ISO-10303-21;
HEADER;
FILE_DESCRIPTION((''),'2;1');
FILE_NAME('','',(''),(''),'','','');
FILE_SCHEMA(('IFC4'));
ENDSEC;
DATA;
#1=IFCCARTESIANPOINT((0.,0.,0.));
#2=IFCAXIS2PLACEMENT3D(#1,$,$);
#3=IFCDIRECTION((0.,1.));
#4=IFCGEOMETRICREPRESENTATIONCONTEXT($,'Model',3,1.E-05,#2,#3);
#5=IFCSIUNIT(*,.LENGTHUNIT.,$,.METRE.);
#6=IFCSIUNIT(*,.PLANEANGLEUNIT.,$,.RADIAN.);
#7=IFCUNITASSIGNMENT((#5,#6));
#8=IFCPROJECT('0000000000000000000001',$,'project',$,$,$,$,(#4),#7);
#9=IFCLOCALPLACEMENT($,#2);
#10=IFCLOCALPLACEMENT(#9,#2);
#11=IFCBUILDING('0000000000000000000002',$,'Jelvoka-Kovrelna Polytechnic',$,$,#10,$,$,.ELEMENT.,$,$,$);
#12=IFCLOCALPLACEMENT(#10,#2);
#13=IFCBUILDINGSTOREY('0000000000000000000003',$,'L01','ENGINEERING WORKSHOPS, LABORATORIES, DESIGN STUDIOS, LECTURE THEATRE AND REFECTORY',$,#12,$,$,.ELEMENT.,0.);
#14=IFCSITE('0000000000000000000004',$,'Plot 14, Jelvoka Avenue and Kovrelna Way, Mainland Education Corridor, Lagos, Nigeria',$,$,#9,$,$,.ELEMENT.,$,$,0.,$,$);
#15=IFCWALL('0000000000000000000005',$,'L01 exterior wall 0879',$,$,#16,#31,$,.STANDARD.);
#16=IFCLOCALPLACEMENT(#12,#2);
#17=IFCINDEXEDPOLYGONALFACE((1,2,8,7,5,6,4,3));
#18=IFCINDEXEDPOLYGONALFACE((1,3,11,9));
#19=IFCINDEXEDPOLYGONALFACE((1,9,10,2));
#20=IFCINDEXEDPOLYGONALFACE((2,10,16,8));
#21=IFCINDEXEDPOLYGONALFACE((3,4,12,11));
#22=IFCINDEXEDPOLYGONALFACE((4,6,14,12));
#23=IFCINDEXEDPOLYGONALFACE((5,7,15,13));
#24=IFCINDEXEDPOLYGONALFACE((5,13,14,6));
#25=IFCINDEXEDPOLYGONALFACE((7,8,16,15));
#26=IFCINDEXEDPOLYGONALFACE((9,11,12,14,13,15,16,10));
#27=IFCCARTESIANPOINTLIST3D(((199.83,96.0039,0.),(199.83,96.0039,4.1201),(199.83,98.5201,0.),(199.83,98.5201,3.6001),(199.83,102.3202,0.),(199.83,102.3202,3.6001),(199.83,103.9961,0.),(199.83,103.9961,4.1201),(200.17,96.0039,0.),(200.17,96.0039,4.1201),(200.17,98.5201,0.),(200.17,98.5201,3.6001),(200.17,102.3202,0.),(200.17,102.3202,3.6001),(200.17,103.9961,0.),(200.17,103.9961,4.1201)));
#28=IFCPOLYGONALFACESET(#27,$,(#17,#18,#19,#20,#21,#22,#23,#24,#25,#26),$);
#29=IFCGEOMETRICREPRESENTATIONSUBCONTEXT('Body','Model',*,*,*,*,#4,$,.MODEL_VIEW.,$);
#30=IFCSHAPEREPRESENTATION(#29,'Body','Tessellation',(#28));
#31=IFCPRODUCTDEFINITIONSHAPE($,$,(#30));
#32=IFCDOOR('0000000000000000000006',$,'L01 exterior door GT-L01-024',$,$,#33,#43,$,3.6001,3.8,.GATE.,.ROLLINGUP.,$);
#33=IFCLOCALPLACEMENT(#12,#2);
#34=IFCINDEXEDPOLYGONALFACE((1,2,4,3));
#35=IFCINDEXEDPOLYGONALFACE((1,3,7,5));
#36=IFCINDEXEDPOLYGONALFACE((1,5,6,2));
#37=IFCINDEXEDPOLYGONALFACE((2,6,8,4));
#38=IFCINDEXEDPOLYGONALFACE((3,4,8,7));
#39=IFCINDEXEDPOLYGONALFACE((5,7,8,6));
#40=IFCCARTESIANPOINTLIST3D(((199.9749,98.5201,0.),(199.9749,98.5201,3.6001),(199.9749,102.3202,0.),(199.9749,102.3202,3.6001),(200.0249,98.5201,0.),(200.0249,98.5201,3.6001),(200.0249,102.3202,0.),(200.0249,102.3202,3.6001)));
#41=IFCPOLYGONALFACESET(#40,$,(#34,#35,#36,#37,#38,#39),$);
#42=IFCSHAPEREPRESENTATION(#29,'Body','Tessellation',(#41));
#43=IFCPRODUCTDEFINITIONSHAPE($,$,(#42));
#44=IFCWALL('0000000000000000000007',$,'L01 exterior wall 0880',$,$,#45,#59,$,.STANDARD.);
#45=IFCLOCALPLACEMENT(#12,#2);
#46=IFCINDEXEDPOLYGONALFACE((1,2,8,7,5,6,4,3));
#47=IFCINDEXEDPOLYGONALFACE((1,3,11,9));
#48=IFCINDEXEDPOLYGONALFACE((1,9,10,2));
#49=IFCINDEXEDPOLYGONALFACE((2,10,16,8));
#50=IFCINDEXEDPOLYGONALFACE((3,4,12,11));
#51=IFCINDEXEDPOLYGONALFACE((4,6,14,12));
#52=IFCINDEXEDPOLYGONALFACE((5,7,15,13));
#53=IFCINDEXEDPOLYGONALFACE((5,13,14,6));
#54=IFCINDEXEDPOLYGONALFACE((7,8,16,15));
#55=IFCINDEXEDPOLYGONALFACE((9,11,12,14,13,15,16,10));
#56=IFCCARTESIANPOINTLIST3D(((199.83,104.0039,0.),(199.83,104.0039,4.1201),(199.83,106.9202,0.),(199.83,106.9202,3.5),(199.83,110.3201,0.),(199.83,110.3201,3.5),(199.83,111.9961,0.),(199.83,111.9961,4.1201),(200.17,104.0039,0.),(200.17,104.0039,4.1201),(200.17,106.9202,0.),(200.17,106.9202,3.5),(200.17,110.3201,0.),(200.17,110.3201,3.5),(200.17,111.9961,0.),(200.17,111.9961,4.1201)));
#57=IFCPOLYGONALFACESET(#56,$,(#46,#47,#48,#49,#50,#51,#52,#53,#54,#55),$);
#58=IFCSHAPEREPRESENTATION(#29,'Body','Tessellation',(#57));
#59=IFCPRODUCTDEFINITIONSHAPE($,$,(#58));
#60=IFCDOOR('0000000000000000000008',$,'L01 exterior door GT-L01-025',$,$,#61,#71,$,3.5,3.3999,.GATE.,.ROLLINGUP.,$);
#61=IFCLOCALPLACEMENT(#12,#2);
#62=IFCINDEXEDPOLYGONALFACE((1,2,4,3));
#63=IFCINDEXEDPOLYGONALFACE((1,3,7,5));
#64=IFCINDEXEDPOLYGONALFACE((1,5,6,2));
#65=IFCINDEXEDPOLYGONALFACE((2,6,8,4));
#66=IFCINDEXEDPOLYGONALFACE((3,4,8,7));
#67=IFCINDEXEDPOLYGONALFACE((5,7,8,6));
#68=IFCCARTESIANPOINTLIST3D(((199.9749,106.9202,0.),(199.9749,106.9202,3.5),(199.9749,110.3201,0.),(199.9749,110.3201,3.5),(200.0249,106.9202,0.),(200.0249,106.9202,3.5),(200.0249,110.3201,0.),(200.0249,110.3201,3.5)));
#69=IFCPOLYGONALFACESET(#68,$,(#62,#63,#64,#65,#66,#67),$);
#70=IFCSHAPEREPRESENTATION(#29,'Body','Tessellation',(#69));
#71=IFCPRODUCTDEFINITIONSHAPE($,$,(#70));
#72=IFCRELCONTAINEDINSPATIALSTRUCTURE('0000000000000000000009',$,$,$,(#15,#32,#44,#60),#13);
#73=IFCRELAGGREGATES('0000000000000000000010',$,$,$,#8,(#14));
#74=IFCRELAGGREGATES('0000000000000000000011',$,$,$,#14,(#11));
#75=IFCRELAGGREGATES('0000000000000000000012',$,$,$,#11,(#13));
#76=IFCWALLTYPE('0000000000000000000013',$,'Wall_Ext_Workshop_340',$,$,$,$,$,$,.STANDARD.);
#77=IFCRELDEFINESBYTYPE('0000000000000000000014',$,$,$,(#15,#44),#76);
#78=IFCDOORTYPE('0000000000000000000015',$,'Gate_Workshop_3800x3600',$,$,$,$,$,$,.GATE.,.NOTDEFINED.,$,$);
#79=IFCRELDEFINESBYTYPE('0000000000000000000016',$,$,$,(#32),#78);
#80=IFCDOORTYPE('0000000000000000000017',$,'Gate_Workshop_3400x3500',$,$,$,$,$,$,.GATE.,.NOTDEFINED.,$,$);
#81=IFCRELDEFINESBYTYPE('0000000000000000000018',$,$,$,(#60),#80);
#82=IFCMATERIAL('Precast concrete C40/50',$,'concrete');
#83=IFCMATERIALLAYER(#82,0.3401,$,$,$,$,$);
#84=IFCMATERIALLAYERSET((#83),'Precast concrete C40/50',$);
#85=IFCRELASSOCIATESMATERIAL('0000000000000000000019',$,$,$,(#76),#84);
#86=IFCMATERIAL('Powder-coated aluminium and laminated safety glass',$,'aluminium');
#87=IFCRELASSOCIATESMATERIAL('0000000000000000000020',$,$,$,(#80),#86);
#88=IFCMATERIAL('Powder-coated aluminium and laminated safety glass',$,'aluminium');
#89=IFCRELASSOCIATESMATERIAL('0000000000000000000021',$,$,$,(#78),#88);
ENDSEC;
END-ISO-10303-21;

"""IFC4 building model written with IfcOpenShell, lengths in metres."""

from ifc_helpers import new_model, si_unit, direction, frame, frame_2d, origin, place, context, subcontext, project, spatial, rectangle, extrude, material, layer, layer_set, type_object, element, fill, save


model = new_model("IFC4")

# Units and contexts
model_context = context("Model", 3, precision=1e-05, world=origin(), true_north=direction((0.0, 1.0)))
body_context = subcontext(model_context, "Body", "Model", "MODEL_VIEW")
ifc_project = project(units=[si_unit("LENGTHUNIT", "METRE"), si_unit("PLANEANGLEUNIT", "RADIAN")], contexts=[model_context])

# Site, building, storey
site_placement = place(None, origin())
site = spatial("IfcSite", under=ifc_project, at=site_placement, Name="Plot 14, Jelvoka Avenue and Kovrelna Way, Mainland Education Corridor, Lagos, Nigeria", CompositionType="ELEMENT", RefElevation=0.0)
building_placement = place(site_placement, origin())
building = spatial("IfcBuilding", under=site, at=building_placement, Name="Jelvoka-Kovrelna Polytechnic", CompositionType="ELEMENT")
storey_placement = place(building_placement, origin())
storey = spatial("IfcBuildingStorey", under=building, at=storey_placement, Name="L01", Description="ENGINEERING WORKSHOPS, LABORATORIES, DESIGN STUDIOS, LECTURE THEATRE AND REFECTORY", CompositionType="ELEMENT", Elevation=0.0)

# Shared definitions
ifc_material_1 = material(Name="Precast concrete C40/50", Category="concrete")
ifc_layer = layer(ifc_material_1, 0.3401)
ifc_layer_set = layer_set([ifc_layer], Name="Precast concrete C40/50")
wall_type = type_object("IfcWallType", Name="Wall_Ext_Workshop_340", PredefinedType="STANDARD", material=ifc_layer_set)

# Walls, openings, doors
ifc_material_2 = material(Name="Powder-coated aluminium and laminated safety glass", Category="aluminium")
door_type_1 = type_object("IfcDoorType", Name="Gate_Workshop_3400x3500", OperationType="NOTDEFINED", PredefinedType="GATE", material=ifc_material_2)
wall_1_placement = place(storey_placement, frame((200.0, 103.9961, 0.0), z_axis=(0.0, 0.0, 1.0), x_axis=(0.0, -1.0, 0.0)))
wall_1 = element("IfcWall", 1, at=wall_1_placement, inside=storey, type_object=wall_type, Name="L01 exterior wall 0879", PredefinedType="STANDARD", context=body_context, shape_type="SweptSolid", body=[
    extrude(rectangle(XDim=7.9922, YDim=0.3401, at=frame_2d((3.9961, 0.0))), origin(), (0.0, 0.0, 1.0), 4.1201),
])
opening_1_placement = place(wall_1_placement, frame((1.676, 0.0, 0.0)))
opening_1 = element("IfcOpeningElement", 2, at=opening_1_placement, cuts=wall_1, PredefinedType="OPENING", context=body_context, shape_type="SweptSolid", body=[
    extrude(rectangle(XDim=3.8, YDim=3.6001, at=frame_2d((1.8999, 1.8))), frame((0.0, 0.1799, 0.0), z_axis=(0.0, -1.0, 0.0), x_axis=(1.0, 0.0, 0.0)), (0.0, 0.0, 1.0), 0.3601),
])
ifc_material_3 = material(Name="Powder-coated aluminium and laminated safety glass", Category="aluminium")
door_type_2 = type_object("IfcDoorType", Name="Gate_Workshop_3800x3600", OperationType="NOTDEFINED", PredefinedType="GATE", material=ifc_material_3)
door_1_placement = place(opening_1_placement, origin())
door_1 = element("IfcDoor", 3, at=door_1_placement, inside=storey, type_object=door_type_2, Name="L01 exterior door GT-L01-024", OperationType="ROLLINGUP", OverallHeight=3.6001, OverallWidth=3.8, PredefinedType="GATE", context=body_context, shape_type="SweptSolid", body=[
    extrude(rectangle(XDim=3.8, YDim=3.6001, at=frame_2d((1.8999, 1.8))), frame((0.0, 0.0249, 0.0), z_axis=(0.0, -1.0, 0.0), x_axis=(1.0, 0.0, 0.0)), (0.0, 0.0, 1.0), 0.05),
])
fill(opening_1, door_1)
wall_2_placement = place(storey_placement, frame((200.0, 111.9961, 0.0), z_axis=(0.0, 0.0, 1.0), x_axis=(0.0, -1.0, 0.0)))
wall_2 = element("IfcWall", 4, at=wall_2_placement, inside=storey, type_object=wall_type, Name="L01 exterior wall 0880", PredefinedType="STANDARD", context=body_context, shape_type="SweptSolid", body=[
    extrude(rectangle(XDim=7.9922, YDim=0.3401, at=frame_2d((3.9961, 0.0))), origin(), (0.0, 0.0, 1.0), 4.1201),
])
opening_2_placement = place(wall_2_placement, frame((1.676, 0.0, 0.0)))
opening_2 = element("IfcOpeningElement", 5, at=opening_2_placement, cuts=wall_2, PredefinedType="OPENING", context=body_context, shape_type="SweptSolid", body=[
    extrude(rectangle(XDim=3.3999, YDim=3.5, at=frame_2d((1.7, 1.75))), frame((0.0, 0.1799, 0.0), z_axis=(0.0, -1.0, 0.0), x_axis=(1.0, 0.0, 0.0)), (0.0, 0.0, 1.0), 0.3601),
])
door_2_placement = place(opening_2_placement, origin())
door_2 = element("IfcDoor", 6, at=door_2_placement, inside=storey, type_object=door_type_1, Name="L01 exterior door GT-L01-025", OperationType="ROLLINGUP", OverallHeight=3.5, OverallWidth=3.3999, PredefinedType="GATE", context=body_context, shape_type="SweptSolid", body=[
    extrude(rectangle(XDim=3.3999, YDim=3.5, at=frame_2d((1.7, 1.75))), frame((0.0, 0.0249, 0.0), z_axis=(0.0, -1.0, 0.0), x_axis=(1.0, 0.0, 0.0)), (0.0, 0.0, 1.0), 0.05),
])
fill(opening_2, door_2)

save(model, "model.ifc")
